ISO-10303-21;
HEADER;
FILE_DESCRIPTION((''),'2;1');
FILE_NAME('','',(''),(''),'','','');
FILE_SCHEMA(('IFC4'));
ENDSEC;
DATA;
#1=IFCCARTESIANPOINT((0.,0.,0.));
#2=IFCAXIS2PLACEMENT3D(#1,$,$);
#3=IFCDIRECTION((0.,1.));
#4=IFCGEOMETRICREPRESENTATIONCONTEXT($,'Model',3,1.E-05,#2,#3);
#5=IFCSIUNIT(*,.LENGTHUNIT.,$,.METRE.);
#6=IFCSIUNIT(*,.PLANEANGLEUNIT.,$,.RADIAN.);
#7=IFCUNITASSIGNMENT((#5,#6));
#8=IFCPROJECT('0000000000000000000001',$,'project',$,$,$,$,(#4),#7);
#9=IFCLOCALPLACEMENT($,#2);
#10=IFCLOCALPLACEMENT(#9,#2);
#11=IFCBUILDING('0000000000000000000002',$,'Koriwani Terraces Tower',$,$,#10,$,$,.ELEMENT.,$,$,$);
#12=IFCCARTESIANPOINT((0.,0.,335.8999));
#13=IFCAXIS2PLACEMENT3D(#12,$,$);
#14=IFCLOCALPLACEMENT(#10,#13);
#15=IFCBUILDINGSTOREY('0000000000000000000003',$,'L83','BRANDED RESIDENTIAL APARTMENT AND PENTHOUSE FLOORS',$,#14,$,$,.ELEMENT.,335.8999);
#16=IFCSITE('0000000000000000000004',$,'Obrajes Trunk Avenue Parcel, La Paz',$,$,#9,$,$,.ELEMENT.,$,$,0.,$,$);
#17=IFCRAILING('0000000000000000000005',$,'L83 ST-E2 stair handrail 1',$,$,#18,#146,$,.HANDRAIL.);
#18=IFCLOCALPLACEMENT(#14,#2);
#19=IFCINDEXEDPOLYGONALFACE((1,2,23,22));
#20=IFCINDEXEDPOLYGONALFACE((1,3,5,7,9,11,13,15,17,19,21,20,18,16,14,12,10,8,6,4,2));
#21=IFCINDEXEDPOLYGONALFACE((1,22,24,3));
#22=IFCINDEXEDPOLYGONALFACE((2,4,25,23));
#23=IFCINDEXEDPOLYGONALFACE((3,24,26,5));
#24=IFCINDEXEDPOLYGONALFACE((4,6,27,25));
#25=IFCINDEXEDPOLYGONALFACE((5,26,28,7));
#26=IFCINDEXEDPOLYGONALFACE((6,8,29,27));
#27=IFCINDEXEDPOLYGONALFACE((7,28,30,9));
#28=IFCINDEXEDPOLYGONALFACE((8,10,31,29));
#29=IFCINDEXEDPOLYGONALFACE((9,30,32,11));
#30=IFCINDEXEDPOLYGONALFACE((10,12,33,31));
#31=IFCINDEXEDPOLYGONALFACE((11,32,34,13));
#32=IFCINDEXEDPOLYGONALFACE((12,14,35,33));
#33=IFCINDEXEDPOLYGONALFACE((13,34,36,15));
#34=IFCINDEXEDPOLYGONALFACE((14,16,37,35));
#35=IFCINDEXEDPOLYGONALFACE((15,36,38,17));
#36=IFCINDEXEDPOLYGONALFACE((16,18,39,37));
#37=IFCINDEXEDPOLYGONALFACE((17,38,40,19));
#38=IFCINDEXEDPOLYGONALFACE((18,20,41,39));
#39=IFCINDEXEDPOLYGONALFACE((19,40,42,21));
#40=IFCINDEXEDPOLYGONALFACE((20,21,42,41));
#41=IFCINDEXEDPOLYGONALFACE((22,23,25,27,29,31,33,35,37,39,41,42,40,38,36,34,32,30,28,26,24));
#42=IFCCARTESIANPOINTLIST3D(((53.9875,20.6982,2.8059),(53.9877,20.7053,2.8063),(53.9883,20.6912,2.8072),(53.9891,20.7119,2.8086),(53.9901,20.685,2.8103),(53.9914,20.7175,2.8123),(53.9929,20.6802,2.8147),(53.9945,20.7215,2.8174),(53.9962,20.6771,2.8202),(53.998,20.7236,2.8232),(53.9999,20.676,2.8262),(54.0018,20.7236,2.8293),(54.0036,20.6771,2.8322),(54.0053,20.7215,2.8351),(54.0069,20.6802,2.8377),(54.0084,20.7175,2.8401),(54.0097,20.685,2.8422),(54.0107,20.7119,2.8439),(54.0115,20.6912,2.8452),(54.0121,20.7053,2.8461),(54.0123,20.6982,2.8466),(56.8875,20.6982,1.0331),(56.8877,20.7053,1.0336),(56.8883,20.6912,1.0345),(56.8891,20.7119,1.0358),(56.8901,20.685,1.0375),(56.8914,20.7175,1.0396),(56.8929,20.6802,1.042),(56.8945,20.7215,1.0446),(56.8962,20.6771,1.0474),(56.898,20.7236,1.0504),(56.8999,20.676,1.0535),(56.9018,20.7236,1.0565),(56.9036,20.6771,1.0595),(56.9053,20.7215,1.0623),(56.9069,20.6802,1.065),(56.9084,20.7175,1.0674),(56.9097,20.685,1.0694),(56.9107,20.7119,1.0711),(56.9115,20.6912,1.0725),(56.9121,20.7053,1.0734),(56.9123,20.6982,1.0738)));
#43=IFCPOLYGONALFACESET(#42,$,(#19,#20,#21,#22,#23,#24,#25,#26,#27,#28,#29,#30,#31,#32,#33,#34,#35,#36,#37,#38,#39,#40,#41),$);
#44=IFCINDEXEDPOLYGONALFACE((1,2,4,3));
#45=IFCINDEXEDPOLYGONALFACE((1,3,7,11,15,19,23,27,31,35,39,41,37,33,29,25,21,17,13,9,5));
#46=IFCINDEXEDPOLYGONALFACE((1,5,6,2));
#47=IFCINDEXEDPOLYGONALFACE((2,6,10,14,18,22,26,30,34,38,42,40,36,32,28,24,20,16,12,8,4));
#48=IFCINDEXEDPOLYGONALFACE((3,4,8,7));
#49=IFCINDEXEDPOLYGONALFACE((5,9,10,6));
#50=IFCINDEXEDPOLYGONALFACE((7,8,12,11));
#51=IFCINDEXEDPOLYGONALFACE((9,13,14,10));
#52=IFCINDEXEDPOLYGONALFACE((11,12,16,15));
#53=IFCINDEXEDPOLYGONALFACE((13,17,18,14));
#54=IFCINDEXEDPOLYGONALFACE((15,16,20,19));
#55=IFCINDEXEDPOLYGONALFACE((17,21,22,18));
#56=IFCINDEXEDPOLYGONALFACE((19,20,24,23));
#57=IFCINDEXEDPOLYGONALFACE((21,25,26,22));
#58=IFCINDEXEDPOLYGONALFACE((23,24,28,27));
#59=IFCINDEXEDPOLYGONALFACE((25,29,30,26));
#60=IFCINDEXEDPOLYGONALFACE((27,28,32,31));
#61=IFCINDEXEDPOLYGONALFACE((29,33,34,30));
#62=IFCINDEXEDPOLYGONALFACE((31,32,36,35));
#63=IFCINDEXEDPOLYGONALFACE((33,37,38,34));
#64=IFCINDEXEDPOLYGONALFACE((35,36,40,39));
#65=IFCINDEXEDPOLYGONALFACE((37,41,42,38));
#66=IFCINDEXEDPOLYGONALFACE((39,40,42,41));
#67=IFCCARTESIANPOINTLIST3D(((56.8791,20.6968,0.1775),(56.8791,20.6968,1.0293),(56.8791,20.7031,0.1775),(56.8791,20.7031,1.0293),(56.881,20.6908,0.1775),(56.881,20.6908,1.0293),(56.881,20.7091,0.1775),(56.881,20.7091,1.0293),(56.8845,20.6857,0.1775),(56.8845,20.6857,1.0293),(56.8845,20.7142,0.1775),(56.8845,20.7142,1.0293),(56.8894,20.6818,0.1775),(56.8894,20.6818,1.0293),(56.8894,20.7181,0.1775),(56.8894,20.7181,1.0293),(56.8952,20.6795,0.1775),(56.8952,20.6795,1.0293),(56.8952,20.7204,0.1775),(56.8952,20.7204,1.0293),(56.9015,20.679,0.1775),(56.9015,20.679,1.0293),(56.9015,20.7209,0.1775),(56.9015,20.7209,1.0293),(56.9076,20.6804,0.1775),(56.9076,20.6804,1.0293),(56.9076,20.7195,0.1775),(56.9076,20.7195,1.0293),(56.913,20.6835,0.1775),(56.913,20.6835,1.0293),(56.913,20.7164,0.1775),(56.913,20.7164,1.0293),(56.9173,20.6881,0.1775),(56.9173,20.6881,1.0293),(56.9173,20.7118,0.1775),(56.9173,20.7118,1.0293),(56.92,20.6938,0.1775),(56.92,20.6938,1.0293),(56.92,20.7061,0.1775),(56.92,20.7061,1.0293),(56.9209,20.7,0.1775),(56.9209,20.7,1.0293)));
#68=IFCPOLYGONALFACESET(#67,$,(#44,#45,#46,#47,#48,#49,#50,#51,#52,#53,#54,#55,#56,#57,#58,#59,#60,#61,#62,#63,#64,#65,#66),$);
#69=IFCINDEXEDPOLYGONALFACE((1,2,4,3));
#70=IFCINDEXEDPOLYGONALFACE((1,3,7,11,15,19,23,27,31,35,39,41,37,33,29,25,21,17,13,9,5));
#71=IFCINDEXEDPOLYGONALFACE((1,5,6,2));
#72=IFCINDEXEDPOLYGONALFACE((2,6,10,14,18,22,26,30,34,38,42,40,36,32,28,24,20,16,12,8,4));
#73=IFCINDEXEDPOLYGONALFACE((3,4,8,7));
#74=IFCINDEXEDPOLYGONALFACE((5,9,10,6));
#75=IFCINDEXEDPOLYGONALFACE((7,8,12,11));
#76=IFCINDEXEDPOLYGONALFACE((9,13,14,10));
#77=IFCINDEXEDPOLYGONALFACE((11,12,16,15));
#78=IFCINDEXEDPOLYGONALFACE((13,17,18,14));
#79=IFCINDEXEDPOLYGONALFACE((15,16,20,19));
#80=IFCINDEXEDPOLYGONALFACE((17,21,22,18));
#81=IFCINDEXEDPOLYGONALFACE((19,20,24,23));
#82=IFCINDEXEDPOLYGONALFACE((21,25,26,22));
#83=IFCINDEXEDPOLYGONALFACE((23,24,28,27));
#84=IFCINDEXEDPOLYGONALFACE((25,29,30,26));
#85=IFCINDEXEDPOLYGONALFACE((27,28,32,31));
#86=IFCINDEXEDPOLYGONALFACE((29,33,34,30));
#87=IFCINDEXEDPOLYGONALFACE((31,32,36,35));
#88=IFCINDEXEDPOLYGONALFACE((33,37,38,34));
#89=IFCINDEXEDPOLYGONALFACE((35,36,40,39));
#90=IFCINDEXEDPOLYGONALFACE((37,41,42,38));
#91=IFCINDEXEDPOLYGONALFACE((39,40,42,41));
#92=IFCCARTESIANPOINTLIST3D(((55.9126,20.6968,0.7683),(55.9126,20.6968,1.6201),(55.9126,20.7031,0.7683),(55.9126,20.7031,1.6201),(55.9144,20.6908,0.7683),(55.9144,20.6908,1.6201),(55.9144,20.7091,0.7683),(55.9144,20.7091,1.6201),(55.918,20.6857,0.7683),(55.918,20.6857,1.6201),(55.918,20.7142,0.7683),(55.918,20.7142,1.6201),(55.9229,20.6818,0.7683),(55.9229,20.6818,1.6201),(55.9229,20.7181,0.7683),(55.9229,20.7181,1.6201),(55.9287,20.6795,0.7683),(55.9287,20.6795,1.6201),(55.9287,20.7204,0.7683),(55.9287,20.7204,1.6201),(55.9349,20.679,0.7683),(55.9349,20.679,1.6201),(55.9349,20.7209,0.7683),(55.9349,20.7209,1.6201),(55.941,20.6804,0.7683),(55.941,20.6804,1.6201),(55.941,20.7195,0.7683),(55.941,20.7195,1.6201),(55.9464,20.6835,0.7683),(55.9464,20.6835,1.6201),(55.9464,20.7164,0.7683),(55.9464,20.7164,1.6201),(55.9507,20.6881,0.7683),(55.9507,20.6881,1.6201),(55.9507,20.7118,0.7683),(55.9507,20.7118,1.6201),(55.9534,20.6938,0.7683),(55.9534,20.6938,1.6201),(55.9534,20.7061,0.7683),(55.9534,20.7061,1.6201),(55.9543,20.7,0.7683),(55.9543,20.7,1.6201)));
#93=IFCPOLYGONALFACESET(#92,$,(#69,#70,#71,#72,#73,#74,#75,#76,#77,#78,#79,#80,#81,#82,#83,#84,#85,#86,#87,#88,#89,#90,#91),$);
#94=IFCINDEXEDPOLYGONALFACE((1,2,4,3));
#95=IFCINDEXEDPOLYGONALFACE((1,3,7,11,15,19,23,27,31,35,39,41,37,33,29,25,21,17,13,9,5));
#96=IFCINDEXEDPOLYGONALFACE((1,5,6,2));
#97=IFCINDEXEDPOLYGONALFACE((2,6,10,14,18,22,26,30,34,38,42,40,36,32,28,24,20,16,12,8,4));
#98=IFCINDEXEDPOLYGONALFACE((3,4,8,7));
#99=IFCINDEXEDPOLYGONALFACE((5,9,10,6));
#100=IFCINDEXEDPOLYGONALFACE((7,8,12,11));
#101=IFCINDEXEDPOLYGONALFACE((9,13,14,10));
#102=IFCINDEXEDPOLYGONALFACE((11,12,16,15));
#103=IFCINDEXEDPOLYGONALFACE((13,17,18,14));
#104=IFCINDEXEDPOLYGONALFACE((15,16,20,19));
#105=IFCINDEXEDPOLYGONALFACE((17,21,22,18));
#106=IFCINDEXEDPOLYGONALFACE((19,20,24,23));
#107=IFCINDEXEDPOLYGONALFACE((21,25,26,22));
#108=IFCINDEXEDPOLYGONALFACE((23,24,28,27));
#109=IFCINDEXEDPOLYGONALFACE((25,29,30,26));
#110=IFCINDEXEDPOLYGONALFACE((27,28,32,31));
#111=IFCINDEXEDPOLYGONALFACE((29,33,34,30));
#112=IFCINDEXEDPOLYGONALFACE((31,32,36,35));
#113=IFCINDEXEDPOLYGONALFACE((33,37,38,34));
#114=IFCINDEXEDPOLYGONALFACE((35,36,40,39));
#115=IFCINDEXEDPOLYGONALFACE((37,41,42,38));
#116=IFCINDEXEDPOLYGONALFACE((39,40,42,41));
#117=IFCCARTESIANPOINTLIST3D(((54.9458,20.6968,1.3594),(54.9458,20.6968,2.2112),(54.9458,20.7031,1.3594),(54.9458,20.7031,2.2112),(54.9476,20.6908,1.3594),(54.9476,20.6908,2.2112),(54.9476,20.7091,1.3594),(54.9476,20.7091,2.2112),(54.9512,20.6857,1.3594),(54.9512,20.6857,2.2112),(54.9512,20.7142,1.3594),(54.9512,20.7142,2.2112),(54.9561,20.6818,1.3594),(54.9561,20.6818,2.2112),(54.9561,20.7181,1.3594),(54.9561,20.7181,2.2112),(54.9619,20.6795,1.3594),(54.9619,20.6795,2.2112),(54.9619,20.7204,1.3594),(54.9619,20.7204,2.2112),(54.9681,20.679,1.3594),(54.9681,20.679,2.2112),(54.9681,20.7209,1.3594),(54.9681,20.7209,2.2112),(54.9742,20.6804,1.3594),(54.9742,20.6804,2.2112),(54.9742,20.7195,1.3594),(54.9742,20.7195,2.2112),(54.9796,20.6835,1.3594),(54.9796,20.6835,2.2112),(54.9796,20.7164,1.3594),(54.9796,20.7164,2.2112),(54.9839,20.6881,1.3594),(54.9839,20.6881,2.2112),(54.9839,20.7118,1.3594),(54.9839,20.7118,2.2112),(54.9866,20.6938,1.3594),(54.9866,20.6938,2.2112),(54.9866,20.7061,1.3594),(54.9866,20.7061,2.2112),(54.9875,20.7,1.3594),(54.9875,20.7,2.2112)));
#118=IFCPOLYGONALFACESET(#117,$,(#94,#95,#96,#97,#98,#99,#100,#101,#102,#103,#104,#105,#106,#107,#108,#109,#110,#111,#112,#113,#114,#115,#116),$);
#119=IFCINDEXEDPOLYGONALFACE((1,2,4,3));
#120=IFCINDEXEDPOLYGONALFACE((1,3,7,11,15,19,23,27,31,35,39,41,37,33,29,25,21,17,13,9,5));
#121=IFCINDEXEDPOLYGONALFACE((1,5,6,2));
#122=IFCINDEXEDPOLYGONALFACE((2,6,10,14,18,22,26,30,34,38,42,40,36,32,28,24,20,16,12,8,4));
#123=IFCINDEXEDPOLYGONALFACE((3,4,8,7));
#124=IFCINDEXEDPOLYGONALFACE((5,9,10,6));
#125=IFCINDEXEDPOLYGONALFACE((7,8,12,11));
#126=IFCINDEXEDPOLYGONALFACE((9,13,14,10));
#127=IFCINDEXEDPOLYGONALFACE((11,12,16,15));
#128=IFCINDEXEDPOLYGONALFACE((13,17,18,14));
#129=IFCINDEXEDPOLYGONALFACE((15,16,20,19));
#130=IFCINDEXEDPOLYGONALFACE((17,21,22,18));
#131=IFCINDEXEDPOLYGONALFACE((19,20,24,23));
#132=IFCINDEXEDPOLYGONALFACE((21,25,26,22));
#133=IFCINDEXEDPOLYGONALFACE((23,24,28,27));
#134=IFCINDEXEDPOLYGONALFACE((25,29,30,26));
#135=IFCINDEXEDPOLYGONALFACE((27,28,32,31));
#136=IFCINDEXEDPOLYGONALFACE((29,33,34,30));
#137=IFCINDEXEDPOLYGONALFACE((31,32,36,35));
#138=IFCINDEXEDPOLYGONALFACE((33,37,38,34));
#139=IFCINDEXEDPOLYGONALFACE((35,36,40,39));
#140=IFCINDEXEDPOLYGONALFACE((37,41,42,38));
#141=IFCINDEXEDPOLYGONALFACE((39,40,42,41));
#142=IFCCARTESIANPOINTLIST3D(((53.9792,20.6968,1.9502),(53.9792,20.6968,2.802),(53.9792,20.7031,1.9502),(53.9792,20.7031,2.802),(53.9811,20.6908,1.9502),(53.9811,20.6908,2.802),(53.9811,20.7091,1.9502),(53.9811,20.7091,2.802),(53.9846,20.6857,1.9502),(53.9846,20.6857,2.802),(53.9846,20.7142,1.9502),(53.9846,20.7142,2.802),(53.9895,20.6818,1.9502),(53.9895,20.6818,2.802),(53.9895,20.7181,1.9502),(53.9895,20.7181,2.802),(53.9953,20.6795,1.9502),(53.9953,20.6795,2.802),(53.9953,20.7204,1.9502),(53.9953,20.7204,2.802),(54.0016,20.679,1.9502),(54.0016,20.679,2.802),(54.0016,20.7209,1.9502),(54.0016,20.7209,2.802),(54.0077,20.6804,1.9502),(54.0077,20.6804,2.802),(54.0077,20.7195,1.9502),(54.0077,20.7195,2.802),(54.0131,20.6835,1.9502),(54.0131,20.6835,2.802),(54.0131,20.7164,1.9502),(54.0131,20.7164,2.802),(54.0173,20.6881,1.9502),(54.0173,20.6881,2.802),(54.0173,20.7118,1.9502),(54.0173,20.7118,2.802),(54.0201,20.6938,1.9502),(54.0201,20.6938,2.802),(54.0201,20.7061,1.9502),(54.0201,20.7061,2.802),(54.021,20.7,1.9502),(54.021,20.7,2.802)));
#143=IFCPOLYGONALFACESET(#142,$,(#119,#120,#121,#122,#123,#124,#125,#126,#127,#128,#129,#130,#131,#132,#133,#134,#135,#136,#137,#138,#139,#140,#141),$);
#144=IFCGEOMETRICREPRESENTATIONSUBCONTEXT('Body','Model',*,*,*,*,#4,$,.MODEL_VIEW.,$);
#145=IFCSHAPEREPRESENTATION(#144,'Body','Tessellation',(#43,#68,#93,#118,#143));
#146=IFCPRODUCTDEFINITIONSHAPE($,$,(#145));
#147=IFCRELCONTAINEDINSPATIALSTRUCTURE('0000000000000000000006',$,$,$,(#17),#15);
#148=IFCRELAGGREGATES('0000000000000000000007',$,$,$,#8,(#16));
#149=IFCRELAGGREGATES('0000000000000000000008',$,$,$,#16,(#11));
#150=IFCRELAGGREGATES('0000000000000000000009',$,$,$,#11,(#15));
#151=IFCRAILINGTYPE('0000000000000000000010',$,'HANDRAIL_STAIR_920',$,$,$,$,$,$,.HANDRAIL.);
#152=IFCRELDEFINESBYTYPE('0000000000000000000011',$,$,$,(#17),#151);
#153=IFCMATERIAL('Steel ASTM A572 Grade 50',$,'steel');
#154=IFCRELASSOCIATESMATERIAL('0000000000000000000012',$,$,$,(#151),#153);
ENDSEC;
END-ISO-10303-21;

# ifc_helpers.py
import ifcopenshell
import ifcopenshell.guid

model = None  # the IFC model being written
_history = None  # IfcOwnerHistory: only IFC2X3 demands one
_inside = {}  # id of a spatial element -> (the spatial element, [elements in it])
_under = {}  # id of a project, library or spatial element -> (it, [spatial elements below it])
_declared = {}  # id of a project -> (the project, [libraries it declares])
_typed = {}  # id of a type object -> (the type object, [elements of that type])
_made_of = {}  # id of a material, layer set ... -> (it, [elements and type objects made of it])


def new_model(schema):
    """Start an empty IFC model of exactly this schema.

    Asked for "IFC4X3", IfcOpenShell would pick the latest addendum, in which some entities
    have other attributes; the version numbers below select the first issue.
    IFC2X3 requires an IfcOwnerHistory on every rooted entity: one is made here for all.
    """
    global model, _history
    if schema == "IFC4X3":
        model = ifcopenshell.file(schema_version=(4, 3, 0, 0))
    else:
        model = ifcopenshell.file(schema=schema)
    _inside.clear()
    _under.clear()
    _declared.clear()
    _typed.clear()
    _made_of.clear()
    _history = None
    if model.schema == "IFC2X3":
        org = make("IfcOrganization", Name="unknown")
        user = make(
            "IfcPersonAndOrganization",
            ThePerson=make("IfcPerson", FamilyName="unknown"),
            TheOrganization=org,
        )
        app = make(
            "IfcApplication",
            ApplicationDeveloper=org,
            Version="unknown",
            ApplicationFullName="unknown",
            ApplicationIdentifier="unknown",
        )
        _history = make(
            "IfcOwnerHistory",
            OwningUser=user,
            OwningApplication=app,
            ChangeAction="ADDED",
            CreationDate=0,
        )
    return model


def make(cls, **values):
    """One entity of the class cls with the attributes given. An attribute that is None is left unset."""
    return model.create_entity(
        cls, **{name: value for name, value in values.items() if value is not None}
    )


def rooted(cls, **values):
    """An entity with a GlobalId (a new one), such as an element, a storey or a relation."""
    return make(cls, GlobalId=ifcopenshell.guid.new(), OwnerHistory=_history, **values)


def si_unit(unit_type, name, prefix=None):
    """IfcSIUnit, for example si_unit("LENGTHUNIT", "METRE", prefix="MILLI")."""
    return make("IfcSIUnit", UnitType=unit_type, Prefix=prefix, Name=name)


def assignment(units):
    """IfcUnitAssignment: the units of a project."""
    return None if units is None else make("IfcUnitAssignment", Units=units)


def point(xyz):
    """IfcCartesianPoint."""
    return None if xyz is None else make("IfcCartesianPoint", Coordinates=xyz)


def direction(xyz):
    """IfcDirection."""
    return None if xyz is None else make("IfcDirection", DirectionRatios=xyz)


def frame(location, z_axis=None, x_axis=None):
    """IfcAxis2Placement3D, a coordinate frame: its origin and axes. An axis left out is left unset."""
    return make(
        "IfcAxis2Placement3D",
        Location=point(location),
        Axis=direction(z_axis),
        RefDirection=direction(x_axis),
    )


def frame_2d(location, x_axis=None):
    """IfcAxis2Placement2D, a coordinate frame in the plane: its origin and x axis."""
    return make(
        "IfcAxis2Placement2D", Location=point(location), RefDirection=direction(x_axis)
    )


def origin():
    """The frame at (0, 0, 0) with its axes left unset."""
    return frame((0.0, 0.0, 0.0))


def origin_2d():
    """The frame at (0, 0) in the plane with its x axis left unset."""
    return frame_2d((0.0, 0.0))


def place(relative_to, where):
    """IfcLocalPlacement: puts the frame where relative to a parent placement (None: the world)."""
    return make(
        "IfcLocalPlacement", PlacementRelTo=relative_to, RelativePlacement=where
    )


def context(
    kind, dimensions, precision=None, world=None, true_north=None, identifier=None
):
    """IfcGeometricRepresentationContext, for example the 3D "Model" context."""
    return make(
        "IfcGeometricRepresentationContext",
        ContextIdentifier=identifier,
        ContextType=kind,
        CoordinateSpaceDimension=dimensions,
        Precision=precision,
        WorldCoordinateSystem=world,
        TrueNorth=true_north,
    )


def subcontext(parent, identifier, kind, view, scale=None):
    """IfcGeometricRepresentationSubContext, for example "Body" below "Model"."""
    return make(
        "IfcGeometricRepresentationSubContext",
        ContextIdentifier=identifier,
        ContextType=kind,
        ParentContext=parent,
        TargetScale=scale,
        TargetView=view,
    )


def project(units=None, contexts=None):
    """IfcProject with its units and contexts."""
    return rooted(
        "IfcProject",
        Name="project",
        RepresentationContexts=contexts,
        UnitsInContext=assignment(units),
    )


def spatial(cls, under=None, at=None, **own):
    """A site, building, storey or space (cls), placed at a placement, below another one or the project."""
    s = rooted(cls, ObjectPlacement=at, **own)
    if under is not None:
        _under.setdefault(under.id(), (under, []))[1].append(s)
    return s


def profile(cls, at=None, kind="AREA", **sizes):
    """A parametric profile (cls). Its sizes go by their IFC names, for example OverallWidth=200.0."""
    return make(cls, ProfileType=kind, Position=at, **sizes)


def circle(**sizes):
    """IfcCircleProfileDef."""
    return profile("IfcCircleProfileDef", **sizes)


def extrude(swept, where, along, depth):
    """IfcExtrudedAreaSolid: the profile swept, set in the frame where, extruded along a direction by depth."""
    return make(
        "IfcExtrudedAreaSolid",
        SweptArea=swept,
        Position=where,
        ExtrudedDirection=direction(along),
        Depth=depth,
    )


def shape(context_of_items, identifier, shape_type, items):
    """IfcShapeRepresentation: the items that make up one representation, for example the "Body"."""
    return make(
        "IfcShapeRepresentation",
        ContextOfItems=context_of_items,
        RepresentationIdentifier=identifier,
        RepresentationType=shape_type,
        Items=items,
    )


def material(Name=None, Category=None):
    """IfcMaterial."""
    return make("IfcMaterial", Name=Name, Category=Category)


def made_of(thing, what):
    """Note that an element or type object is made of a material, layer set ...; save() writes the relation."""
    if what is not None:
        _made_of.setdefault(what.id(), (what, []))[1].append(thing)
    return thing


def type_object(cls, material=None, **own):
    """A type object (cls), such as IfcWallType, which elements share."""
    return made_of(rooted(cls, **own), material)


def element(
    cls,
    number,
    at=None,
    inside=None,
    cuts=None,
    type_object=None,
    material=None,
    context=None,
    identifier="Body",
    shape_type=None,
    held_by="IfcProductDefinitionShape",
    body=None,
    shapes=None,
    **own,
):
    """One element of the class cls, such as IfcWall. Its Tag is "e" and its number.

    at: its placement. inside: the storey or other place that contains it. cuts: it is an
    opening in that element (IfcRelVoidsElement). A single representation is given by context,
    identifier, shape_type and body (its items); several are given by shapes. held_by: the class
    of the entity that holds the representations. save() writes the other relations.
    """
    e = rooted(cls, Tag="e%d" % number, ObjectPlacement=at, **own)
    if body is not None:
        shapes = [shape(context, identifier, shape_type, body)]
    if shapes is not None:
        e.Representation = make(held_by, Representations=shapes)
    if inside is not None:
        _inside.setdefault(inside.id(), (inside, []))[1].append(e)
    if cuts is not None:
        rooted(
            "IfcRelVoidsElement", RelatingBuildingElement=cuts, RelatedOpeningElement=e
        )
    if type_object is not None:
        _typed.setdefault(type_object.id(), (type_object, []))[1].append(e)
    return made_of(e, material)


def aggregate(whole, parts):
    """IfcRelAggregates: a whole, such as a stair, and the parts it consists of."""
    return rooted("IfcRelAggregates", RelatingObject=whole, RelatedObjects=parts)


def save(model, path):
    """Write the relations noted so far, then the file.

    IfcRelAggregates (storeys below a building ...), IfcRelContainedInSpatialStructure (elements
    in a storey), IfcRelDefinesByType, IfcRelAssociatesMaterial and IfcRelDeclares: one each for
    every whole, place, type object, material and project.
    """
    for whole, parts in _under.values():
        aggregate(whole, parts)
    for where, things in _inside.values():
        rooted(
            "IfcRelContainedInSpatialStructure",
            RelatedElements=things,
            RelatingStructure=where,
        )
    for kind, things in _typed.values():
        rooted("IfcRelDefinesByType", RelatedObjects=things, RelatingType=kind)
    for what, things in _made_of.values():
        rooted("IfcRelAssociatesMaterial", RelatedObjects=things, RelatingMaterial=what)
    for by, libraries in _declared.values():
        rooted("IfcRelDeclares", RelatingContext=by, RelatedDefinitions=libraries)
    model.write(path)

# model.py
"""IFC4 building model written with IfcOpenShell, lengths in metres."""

from ifc_helpers import new_model, si_unit, direction, frame, origin, origin_2d, place, context, subcontext, project, spatial, circle, extrude, material, type_object, element, save


model = new_model("IFC4")

# Units and contexts
model_context = context("Model", 3, precision=1e-05, world=origin(), true_north=direction((0.0, 1.0)))
body_context = subcontext(model_context, "Body", "Model", "MODEL_VIEW")
ifc_project = project(units=[si_unit("LENGTHUNIT", "METRE"), si_unit("PLANEANGLEUNIT", "RADIAN")], contexts=[model_context])

# Site, building, storey
site_placement = place(None, origin())
site = spatial("IfcSite", under=ifc_project, at=site_placement, Name="Obrajes Trunk Avenue Parcel, La Paz", CompositionType="ELEMENT", RefElevation=0.0)
building_placement = place(site_placement, origin())
building = spatial("IfcBuilding", under=site, at=building_placement, Name="Koriwani Terraces Tower", CompositionType="ELEMENT")
storey_placement = place(building_placement, frame((0.0, 0.0, 335.8999)))
storey = spatial("IfcBuildingStorey", under=building, at=storey_placement, Name="L83", Description="BRANDED RESIDENTIAL APARTMENT AND PENTHOUSE FLOORS", CompositionType="ELEMENT", Elevation=335.8999)

# Shared definitions
ifc_material_1 = material(Name="Steel ASTM A572 Grade 50", Category="steel")

# Railing
railing_type_1 = type_object("IfcRailingType", Name="HANDRAIL_STAIR_920", PredefinedType="HANDRAIL", material=ifc_material_1)
railing_1_placement = place(storey_placement, frame((56.8999, 20.7, 0.1775)))
element("IfcRailing", 1, at=railing_1_placement, inside=storey, type_object=railing_type_1, Name="L83 ST-E2 stair handrail 1", PredefinedType="HANDRAIL", context=body_context, shape_type="SweptSolid", body=[
    extrude(circle(Radius=0.0239, at=origin_2d()), frame((0.0, 0.0, 0.876), z_axis=(-0.853211, 0.0, 0.521566), x_axis=(0.0, -1.0, 0.0)), (0.0, 0.0, 1.0), 3.3989),
    extrude(circle(Radius=0.021, at=origin_2d()), origin(), (0.0, 0.0, 1.0), 0.8518),
    extrude(circle(Radius=0.021, at=origin_2d()), frame((-0.9666, 0.0, 0.5908)), (0.0, 0.0, 1.0), 0.8518),
    extrude(circle(Radius=0.021, at=origin_2d()), frame((-1.9333, 0.0, 1.1819)), (0.0, 0.0, 1.0), 0.8518),
    extrude(circle(Radius=0.021, at=origin_2d()), frame((-2.8999, 0.0, 1.7727)), (0.0, 0.0, 1.0), 0.8518),
])

save(model, "model.ifc")
